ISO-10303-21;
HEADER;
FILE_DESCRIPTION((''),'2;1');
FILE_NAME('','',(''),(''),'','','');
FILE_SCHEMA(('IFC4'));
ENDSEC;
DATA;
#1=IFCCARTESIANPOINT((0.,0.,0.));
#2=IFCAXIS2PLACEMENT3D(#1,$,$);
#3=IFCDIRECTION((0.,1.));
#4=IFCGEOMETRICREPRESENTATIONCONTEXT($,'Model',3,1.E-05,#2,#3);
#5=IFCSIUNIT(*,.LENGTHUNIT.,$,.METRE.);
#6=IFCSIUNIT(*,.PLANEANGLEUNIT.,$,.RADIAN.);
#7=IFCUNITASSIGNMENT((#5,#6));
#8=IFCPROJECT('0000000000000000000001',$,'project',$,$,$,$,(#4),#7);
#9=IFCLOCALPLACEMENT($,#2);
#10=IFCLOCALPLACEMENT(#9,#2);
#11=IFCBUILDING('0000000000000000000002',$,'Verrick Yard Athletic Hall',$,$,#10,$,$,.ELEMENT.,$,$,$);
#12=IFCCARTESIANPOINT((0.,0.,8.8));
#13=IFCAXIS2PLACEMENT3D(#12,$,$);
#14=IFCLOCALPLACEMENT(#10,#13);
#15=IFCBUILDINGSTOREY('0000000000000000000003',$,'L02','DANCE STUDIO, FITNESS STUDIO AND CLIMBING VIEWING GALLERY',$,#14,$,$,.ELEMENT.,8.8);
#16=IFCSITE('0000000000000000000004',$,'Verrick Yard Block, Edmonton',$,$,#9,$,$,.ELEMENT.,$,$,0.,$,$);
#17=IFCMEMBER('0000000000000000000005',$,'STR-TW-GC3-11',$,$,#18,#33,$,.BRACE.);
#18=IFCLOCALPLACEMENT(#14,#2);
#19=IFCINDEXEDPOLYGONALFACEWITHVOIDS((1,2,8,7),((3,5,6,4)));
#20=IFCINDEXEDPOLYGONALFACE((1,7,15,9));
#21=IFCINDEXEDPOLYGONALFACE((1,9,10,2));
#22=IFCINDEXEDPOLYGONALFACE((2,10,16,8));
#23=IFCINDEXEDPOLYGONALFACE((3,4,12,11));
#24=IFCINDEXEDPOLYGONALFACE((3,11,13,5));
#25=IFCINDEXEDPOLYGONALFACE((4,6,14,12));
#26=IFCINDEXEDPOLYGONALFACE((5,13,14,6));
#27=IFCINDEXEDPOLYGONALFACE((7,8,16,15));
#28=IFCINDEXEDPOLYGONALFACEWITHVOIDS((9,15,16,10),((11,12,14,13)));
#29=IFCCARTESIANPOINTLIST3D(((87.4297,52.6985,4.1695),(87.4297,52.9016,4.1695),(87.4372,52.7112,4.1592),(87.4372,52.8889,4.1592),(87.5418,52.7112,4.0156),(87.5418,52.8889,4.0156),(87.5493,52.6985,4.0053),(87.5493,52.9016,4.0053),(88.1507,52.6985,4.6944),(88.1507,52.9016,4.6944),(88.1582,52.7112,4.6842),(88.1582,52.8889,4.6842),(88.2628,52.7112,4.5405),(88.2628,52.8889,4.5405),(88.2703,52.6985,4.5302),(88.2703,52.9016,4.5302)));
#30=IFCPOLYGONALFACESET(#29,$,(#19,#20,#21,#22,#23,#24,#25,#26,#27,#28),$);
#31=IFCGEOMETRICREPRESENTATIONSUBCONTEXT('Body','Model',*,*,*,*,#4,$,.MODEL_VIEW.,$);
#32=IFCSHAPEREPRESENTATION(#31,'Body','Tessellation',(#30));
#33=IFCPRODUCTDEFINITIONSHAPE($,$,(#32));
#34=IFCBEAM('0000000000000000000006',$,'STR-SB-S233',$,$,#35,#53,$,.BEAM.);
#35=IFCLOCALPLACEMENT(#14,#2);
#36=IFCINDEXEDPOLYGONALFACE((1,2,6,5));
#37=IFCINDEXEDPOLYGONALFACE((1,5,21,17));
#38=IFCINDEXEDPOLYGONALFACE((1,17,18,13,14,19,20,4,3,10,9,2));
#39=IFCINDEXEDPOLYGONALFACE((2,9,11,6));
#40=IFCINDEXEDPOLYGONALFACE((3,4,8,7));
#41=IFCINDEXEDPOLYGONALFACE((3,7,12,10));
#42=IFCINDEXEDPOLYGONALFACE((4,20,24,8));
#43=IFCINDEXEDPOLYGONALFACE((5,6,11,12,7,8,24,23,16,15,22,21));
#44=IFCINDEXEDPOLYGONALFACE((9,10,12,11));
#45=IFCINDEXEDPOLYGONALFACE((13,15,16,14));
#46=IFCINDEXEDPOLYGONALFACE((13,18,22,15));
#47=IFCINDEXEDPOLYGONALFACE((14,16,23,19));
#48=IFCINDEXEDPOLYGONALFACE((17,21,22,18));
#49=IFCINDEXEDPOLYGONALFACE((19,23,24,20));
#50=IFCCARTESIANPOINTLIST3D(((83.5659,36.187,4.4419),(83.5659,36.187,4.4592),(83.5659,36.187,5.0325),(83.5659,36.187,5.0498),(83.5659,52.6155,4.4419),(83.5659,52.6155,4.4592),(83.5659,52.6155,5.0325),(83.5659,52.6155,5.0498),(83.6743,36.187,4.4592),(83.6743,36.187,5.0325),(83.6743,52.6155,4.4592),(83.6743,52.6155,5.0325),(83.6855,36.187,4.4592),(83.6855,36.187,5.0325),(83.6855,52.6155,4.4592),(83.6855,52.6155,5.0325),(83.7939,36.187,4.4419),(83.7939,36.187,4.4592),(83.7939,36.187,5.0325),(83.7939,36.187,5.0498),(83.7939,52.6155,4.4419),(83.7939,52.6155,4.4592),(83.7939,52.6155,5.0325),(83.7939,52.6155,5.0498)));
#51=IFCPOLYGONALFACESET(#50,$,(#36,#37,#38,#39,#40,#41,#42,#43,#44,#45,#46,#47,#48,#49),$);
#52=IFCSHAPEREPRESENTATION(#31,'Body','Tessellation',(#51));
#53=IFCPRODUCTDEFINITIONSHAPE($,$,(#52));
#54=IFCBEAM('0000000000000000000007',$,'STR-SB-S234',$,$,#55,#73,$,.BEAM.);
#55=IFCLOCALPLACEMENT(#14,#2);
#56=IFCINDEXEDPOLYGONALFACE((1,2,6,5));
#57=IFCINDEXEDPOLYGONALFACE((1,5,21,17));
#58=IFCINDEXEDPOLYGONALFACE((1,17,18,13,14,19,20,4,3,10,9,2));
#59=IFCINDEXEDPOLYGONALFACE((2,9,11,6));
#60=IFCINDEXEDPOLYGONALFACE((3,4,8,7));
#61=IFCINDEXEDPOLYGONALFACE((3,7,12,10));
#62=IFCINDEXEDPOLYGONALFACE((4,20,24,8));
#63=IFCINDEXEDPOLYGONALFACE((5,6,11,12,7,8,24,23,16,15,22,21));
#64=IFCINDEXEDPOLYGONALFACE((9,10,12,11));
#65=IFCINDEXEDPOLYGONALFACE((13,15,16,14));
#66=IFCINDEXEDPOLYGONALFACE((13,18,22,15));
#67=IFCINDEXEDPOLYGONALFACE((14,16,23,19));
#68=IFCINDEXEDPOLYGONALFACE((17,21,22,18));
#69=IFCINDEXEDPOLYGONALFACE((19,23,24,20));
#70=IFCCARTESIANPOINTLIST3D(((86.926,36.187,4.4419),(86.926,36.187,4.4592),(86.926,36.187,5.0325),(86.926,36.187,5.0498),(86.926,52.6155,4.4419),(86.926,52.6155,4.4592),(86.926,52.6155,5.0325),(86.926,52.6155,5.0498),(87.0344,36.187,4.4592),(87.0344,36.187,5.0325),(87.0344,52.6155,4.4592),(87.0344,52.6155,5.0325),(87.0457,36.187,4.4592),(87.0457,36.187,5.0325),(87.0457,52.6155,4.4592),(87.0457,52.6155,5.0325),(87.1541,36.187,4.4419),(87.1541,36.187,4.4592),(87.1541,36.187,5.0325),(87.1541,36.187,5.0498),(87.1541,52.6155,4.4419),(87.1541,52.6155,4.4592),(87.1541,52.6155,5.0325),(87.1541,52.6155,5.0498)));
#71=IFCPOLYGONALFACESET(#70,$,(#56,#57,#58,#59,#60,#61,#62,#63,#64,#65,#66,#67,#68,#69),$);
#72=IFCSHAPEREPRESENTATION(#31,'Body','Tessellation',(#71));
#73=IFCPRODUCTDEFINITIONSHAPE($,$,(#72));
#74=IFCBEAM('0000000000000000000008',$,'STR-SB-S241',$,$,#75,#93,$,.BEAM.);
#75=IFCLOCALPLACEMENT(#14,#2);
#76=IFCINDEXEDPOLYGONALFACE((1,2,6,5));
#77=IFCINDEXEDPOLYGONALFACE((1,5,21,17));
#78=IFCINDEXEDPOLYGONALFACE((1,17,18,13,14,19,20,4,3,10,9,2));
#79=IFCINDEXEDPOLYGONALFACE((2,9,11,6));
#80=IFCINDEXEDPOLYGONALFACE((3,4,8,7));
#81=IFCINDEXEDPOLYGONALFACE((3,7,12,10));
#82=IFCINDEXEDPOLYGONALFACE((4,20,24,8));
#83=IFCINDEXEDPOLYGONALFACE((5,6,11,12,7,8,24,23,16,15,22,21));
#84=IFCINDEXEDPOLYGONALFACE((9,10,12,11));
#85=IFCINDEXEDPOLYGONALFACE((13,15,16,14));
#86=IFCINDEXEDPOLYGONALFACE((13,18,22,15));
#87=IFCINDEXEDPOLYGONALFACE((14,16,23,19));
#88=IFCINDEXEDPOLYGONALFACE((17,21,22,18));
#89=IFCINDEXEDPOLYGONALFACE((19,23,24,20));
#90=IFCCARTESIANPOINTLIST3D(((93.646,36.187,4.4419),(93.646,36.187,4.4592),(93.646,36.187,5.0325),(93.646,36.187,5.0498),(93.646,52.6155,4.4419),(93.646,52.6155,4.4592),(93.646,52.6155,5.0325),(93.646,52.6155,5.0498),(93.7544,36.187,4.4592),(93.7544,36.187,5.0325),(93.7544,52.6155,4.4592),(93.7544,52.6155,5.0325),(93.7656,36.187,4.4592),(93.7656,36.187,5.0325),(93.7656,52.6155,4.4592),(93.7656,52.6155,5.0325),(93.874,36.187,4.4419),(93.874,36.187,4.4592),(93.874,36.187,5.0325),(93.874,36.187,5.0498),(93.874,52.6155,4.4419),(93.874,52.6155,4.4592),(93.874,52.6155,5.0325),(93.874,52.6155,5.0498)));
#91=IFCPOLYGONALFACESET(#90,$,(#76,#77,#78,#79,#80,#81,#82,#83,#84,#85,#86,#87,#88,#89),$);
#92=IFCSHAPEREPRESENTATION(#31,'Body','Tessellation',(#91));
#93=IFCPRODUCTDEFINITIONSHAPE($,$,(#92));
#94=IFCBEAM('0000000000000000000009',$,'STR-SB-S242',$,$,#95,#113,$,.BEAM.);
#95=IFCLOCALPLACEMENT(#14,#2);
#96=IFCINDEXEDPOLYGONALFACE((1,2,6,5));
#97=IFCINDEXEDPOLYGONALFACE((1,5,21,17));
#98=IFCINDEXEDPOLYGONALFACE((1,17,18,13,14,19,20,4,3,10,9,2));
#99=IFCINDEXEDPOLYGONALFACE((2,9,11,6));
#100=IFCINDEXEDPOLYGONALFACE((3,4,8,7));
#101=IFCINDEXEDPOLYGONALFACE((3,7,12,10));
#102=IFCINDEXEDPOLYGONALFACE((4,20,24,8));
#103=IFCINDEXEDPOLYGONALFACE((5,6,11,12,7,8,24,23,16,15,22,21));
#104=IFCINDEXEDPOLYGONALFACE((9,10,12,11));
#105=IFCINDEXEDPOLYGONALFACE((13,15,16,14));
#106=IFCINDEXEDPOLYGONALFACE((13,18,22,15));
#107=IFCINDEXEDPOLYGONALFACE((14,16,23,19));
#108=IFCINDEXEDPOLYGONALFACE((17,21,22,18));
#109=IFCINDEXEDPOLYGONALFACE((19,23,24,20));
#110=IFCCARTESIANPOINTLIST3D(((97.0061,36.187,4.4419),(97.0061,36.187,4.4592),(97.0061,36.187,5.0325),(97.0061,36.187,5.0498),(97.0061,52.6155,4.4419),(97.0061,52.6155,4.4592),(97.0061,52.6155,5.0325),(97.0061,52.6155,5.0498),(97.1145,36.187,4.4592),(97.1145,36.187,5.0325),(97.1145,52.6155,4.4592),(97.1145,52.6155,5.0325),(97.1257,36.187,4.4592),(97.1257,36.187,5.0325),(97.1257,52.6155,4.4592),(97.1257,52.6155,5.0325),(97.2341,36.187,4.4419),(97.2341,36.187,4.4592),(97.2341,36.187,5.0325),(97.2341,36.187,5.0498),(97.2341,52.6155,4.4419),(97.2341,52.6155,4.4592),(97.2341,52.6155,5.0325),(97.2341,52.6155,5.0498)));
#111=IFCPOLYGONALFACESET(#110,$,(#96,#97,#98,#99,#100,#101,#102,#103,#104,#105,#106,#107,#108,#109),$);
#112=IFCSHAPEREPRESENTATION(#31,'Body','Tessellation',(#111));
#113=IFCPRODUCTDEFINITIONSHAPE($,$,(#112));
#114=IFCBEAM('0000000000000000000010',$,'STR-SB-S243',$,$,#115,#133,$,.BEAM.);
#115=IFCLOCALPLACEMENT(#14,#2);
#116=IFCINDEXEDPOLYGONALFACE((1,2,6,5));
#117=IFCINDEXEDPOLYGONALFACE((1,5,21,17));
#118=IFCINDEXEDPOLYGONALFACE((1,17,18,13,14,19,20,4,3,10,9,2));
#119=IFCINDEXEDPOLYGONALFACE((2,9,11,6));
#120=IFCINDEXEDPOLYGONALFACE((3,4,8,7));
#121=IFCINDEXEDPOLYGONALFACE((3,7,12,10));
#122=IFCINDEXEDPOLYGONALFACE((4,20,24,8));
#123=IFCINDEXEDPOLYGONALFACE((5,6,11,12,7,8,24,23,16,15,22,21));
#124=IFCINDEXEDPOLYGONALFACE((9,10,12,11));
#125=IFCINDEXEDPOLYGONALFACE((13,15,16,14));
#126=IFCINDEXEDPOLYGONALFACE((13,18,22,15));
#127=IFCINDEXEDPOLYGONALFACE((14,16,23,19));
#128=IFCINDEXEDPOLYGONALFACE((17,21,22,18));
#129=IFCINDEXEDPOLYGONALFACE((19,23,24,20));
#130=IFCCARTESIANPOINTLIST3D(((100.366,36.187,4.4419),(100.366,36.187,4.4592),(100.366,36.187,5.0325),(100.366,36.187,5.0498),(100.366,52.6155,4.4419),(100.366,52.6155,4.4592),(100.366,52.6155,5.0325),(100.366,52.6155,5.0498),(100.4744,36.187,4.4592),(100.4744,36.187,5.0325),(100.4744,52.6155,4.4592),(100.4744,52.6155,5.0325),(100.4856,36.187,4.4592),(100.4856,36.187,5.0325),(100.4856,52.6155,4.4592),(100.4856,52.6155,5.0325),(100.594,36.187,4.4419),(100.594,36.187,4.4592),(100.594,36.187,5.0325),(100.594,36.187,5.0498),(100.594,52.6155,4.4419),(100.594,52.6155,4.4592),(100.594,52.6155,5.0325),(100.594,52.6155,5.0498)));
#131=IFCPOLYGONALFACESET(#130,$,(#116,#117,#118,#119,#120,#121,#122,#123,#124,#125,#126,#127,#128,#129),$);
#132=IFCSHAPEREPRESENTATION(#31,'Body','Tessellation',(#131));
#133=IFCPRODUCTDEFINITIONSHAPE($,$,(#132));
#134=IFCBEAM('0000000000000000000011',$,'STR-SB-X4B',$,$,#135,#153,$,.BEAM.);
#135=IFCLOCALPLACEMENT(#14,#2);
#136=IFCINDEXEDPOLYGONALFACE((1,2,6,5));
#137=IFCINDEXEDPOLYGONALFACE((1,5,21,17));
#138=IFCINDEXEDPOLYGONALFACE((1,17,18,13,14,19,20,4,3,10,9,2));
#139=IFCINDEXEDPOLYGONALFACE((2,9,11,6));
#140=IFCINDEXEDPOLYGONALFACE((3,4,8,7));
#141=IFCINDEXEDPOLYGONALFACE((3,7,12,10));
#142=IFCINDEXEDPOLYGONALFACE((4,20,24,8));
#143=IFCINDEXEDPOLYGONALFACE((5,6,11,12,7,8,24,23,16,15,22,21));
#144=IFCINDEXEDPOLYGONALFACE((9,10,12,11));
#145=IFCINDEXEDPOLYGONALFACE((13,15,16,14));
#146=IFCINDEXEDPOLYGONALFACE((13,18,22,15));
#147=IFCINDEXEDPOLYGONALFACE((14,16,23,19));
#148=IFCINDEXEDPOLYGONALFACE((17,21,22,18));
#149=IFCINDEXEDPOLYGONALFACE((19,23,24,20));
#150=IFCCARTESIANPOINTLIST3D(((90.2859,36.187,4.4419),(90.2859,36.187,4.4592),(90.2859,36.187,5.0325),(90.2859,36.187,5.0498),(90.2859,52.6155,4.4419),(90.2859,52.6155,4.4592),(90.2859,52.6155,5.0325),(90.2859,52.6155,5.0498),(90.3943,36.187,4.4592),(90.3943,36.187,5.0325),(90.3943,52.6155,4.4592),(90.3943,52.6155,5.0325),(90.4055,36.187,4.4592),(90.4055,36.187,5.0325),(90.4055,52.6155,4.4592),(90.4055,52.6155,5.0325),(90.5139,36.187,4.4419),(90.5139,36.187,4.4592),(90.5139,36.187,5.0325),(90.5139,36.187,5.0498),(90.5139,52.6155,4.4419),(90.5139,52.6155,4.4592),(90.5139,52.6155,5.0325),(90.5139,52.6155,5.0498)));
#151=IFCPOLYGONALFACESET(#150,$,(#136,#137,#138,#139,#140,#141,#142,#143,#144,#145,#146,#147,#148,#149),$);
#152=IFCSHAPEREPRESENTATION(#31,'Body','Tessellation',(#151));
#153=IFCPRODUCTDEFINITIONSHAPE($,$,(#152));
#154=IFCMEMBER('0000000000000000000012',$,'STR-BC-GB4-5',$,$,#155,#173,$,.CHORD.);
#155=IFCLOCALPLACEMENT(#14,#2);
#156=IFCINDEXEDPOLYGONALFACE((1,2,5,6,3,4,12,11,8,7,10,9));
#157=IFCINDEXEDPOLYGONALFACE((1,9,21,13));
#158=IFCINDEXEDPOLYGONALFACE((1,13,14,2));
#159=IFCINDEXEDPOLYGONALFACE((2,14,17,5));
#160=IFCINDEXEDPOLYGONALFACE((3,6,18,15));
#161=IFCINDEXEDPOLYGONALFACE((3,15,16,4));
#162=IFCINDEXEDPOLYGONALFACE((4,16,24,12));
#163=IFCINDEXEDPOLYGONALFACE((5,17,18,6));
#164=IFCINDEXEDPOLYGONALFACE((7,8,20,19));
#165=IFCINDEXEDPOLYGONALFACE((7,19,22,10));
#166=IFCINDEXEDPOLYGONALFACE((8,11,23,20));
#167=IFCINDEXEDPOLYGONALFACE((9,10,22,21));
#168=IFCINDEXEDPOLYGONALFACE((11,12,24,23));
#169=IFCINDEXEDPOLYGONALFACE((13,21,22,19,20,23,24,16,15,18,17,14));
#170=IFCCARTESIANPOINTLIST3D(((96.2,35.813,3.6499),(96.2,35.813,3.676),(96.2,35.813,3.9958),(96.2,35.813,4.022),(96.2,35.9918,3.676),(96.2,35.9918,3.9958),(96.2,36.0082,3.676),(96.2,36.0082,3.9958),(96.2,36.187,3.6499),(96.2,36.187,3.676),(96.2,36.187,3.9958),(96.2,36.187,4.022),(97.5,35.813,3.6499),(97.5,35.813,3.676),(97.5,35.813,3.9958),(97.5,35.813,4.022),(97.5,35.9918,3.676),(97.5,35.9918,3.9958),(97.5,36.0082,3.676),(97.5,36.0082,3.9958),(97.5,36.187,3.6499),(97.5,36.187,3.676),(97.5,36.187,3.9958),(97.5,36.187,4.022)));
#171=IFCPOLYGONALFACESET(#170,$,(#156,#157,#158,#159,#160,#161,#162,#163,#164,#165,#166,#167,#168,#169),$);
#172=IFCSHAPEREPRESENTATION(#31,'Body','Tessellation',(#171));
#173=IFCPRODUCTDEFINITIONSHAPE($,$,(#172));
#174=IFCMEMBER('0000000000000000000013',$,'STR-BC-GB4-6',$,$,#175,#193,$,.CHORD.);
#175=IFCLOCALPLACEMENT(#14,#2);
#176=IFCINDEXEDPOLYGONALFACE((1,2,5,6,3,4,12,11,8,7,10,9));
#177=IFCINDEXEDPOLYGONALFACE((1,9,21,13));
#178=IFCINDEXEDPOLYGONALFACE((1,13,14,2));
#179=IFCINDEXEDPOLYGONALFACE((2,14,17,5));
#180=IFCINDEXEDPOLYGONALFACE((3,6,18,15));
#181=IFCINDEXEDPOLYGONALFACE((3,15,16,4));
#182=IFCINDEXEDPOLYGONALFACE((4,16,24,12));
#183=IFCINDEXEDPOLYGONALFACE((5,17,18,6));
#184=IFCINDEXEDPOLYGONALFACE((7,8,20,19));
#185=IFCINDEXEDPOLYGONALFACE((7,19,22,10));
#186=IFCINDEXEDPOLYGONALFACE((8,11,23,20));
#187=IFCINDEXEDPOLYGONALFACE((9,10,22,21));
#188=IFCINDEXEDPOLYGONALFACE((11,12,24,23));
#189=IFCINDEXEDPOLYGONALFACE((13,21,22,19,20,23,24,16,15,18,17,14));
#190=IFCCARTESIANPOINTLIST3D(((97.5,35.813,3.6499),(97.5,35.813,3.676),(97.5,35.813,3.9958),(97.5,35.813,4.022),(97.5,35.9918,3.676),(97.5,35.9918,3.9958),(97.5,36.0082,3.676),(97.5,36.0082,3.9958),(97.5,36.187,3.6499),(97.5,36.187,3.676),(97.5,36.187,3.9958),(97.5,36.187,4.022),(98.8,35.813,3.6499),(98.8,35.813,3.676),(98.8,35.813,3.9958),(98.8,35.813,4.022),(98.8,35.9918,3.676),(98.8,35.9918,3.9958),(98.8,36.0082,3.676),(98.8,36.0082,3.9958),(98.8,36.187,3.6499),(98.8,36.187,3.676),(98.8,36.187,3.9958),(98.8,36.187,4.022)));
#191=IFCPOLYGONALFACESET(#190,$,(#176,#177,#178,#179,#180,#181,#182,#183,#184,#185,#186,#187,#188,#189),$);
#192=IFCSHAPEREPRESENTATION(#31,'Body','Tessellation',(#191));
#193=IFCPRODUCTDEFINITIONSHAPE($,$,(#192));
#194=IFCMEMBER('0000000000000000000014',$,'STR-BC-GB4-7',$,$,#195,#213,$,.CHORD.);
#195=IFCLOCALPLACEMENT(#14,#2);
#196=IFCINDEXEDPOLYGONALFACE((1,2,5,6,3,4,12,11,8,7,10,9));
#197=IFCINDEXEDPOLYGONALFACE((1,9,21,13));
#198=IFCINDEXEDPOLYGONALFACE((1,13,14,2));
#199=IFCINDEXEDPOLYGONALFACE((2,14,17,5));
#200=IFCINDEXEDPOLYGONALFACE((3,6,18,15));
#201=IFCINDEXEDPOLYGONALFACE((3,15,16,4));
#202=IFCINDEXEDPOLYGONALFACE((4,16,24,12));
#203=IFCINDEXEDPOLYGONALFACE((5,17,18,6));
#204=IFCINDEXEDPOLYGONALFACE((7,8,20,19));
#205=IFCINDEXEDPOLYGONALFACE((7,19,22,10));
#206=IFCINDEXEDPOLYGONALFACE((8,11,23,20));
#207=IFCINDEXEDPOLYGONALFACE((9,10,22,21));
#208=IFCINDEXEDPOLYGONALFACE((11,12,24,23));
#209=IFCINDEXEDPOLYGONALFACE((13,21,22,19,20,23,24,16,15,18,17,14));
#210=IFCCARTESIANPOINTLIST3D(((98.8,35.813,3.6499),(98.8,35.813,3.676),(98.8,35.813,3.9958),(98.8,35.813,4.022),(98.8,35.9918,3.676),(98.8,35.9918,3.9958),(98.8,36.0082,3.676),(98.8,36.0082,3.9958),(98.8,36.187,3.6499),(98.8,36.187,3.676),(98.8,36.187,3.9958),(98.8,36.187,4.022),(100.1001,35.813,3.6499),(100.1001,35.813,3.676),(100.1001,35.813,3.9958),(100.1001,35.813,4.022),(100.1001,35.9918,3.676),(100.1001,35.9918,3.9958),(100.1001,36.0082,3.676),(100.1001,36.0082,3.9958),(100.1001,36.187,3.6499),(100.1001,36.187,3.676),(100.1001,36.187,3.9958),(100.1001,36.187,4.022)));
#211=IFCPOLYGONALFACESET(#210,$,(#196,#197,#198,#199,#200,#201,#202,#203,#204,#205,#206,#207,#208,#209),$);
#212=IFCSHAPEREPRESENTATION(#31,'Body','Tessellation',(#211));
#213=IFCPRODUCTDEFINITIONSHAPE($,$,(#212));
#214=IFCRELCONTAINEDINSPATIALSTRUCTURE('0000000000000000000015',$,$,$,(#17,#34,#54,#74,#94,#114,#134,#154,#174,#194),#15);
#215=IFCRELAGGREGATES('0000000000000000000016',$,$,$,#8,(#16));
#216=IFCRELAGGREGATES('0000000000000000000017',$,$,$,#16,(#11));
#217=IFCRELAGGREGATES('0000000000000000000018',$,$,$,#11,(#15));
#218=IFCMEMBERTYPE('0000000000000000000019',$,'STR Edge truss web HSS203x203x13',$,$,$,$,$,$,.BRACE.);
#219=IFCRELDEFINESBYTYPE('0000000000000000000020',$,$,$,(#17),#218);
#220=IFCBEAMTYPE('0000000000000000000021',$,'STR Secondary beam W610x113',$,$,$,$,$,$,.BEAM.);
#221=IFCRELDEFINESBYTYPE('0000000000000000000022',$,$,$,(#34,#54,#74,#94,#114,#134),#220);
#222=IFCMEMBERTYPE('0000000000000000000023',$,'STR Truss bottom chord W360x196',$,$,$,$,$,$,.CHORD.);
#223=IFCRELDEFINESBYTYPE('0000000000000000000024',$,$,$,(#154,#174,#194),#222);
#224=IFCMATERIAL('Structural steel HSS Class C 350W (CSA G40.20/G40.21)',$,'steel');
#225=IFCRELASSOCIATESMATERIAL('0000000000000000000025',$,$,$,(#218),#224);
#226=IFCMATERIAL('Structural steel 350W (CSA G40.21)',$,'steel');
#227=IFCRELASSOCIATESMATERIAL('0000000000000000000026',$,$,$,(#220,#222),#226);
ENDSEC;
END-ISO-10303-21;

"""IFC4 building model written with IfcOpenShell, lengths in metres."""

from ifc_helpers import new_model, si_unit, direction, frame, origin, origin_2d, place, context, subcontext, project, spatial, hollow_rectangle, i_section, extrude, material, material_profile, profile_set, type_object, element, save


model = new_model("IFC4")

# Units and contexts
model_context = context("Model", 3, precision=1e-05, world=origin(), true_north=direction((0.0, 1.0)))
body_context = subcontext(model_context, "Body", "Model", "MODEL_VIEW")
ifc_project = project(units=[si_unit("LENGTHUNIT", "METRE"), si_unit("PLANEANGLEUNIT", "RADIAN")], contexts=[model_context])

# Site, building, storey
site_placement = place(None, origin())
site = spatial("IfcSite", under=ifc_project, at=site_placement, Name="Verrick Yard Block, Edmonton", CompositionType="ELEMENT", RefElevation=0.0)
building_placement = place(site_placement, origin())
building = spatial("IfcBuilding", under=site, at=building_placement, Name="Verrick Yard Athletic Hall", CompositionType="ELEMENT")
storey_placement = place(building_placement, frame((0.0, 0.0, 8.8)))
storey = spatial("IfcBuildingStorey", under=building, at=storey_placement, Name="L02", Description="DANCE STUDIO, FITNESS STUDIO AND CLIMBING VIEWING GALLERY", CompositionType="ELEMENT", Elevation=8.8)

# Member
ifc_material_1 = material(Name="Structural steel 350W (CSA G40.21)", Category="steel")
ifc_material_2 = material(Name="Structural steel HSS Class C 350W (CSA G40.20/G40.21)", Category="steel")
ifc_material_profile_1 = material_profile(ifc_material_2, hollow_rectangle(XDim=0.2031, YDim=0.2031, WallThickness=0.0127, at=origin_2d()), Name="HSS203x203x13")
ifc_profile_set_1 = profile_set([ifc_material_profile_1], Name="Structural steel HSS Class C 350W (CSA G40.20/G40.21)")
member_type_1 = type_object("IfcMemberType", Name="STR Edge truss web HSS203x203x13", PredefinedType="BRACE", material=ifc_profile_set_1)
member_1_placement = place(storey_placement, frame((87.4895, 52.8, 4.0874), z_axis=(0.808428, 0.0, 0.588595), x_axis=(0.0, 1.0, 0.0)))
element("IfcMember", 1, at=member_1_placement, inside=storey, type_object=member_type_1, Name="STR-TW-GC3-11", PredefinedType="BRACE", context=body_context, shape_type="SweptSolid", body=[
    extrude(hollow_rectangle(XDim=0.2031, YDim=0.2031, WallThickness=0.0127, at=origin_2d()), origin(), (0.0, 0.0, 1.0), 0.8918),
])

# Beams
ifc_material_profile_2 = material_profile(ifc_material_1, i_section(OverallWidth=0.228, OverallDepth=0.6079, WebThickness=0.0112, FlangeThickness=0.0173, at=origin_2d()), Name="W610x113")
ifc_profile_set_2 = profile_set([ifc_material_profile_2], Name="Structural steel 350W (CSA G40.21)")
beam_type = type_object("IfcBeamType", Name="STR Secondary beam W610x113", PredefinedType="BEAM", material=ifc_profile_set_2)
for number, where, z_axis, x_axis, name in (
    (2, (83.6799, 36.187, 4.7458), (0.0, 1.0, 0.0), (-1.0, 0.0, 0.0), "STR-SB-S233"),
    (3, (87.04, 36.187, 4.7458), (0.0, 1.0, 0.0), (-1.0, 0.0, 0.0), "STR-SB-S234"),
    (4, (93.76, 36.187, 4.7458), (0.0, 1.0, 0.0), (-1.0, 0.0, 0.0), "STR-SB-S241"),
    (5, (97.1201, 36.187, 4.7458), (0.0, 1.0, 0.0), (-1.0, 0.0, 0.0), "STR-SB-S242"),
    (6, (100.48, 36.187, 4.7458), (0.0, 1.0, 0.0), (-1.0, 0.0, 0.0), "STR-SB-S243"),
    (7, (90.3999, 36.187, 4.7458), (0.0, 1.0, 0.0), (-1.0, 0.0, 0.0), "STR-SB-X4B"),
):
    element("IfcBeam", number, at=place(storey_placement, frame(where, z_axis=z_axis, x_axis=x_axis)), inside=storey, type_object=beam_type, Name=name, PredefinedType="BEAM", context=body_context, shape_type="SweptSolid", body=[
        extrude(i_section(OverallWidth=0.228, OverallDepth=0.6079, WebThickness=0.0112, FlangeThickness=0.0173, at=origin_2d()), origin(), (0.0, 0.0, 1.0), 16.4285),
    ])

# Members
ifc_material_profile_3 = material_profile(ifc_material_1, i_section(OverallWidth=0.374, OverallDepth=0.3721, WebThickness=0.0164, FlangeThickness=0.0261, at=origin_2d()), Name="W360x196")
ifc_profile_set_3 = profile_set([ifc_material_profile_3], Name="Structural steel 350W (CSA G40.21)")
member_type_2 = type_object("IfcMemberType", Name="STR Truss bottom chord W360x196", PredefinedType="CHORD", material=ifc_profile_set_3)
for number, where, z_axis, x_axis, name in (
    (8, (96.2, 36.0, 3.8359), (1.0, 0.0, 0.0), (0.0, 1.0, 0.0), "STR-BC-GB4-5"),
    (9, (97.5, 36.0, 3.8359), (1.0, 0.0, 0.0), (0.0, 1.0, 0.0), "STR-BC-GB4-6"),
    (10, (98.8, 36.0, 3.8359), (1.0, 0.0, 0.0), (0.0, 1.0, 0.0), "STR-BC-GB4-7"),
):
    element("IfcMember", number, at=place(storey_placement, frame(where, z_axis=z_axis, x_axis=x_axis)), inside=storey, type_object=member_type_2, Name=name, PredefinedType="CHORD", context=body_context, shape_type="SweptSolid", body=[
        extrude(i_section(OverallWidth=0.374, OverallDepth=0.3721, WebThickness=0.0164, FlangeThickness=0.0261, at=origin_2d()), origin(), (0.0, 0.0, 1.0), 1.3),
    ])

save(model, "model.ifc")
